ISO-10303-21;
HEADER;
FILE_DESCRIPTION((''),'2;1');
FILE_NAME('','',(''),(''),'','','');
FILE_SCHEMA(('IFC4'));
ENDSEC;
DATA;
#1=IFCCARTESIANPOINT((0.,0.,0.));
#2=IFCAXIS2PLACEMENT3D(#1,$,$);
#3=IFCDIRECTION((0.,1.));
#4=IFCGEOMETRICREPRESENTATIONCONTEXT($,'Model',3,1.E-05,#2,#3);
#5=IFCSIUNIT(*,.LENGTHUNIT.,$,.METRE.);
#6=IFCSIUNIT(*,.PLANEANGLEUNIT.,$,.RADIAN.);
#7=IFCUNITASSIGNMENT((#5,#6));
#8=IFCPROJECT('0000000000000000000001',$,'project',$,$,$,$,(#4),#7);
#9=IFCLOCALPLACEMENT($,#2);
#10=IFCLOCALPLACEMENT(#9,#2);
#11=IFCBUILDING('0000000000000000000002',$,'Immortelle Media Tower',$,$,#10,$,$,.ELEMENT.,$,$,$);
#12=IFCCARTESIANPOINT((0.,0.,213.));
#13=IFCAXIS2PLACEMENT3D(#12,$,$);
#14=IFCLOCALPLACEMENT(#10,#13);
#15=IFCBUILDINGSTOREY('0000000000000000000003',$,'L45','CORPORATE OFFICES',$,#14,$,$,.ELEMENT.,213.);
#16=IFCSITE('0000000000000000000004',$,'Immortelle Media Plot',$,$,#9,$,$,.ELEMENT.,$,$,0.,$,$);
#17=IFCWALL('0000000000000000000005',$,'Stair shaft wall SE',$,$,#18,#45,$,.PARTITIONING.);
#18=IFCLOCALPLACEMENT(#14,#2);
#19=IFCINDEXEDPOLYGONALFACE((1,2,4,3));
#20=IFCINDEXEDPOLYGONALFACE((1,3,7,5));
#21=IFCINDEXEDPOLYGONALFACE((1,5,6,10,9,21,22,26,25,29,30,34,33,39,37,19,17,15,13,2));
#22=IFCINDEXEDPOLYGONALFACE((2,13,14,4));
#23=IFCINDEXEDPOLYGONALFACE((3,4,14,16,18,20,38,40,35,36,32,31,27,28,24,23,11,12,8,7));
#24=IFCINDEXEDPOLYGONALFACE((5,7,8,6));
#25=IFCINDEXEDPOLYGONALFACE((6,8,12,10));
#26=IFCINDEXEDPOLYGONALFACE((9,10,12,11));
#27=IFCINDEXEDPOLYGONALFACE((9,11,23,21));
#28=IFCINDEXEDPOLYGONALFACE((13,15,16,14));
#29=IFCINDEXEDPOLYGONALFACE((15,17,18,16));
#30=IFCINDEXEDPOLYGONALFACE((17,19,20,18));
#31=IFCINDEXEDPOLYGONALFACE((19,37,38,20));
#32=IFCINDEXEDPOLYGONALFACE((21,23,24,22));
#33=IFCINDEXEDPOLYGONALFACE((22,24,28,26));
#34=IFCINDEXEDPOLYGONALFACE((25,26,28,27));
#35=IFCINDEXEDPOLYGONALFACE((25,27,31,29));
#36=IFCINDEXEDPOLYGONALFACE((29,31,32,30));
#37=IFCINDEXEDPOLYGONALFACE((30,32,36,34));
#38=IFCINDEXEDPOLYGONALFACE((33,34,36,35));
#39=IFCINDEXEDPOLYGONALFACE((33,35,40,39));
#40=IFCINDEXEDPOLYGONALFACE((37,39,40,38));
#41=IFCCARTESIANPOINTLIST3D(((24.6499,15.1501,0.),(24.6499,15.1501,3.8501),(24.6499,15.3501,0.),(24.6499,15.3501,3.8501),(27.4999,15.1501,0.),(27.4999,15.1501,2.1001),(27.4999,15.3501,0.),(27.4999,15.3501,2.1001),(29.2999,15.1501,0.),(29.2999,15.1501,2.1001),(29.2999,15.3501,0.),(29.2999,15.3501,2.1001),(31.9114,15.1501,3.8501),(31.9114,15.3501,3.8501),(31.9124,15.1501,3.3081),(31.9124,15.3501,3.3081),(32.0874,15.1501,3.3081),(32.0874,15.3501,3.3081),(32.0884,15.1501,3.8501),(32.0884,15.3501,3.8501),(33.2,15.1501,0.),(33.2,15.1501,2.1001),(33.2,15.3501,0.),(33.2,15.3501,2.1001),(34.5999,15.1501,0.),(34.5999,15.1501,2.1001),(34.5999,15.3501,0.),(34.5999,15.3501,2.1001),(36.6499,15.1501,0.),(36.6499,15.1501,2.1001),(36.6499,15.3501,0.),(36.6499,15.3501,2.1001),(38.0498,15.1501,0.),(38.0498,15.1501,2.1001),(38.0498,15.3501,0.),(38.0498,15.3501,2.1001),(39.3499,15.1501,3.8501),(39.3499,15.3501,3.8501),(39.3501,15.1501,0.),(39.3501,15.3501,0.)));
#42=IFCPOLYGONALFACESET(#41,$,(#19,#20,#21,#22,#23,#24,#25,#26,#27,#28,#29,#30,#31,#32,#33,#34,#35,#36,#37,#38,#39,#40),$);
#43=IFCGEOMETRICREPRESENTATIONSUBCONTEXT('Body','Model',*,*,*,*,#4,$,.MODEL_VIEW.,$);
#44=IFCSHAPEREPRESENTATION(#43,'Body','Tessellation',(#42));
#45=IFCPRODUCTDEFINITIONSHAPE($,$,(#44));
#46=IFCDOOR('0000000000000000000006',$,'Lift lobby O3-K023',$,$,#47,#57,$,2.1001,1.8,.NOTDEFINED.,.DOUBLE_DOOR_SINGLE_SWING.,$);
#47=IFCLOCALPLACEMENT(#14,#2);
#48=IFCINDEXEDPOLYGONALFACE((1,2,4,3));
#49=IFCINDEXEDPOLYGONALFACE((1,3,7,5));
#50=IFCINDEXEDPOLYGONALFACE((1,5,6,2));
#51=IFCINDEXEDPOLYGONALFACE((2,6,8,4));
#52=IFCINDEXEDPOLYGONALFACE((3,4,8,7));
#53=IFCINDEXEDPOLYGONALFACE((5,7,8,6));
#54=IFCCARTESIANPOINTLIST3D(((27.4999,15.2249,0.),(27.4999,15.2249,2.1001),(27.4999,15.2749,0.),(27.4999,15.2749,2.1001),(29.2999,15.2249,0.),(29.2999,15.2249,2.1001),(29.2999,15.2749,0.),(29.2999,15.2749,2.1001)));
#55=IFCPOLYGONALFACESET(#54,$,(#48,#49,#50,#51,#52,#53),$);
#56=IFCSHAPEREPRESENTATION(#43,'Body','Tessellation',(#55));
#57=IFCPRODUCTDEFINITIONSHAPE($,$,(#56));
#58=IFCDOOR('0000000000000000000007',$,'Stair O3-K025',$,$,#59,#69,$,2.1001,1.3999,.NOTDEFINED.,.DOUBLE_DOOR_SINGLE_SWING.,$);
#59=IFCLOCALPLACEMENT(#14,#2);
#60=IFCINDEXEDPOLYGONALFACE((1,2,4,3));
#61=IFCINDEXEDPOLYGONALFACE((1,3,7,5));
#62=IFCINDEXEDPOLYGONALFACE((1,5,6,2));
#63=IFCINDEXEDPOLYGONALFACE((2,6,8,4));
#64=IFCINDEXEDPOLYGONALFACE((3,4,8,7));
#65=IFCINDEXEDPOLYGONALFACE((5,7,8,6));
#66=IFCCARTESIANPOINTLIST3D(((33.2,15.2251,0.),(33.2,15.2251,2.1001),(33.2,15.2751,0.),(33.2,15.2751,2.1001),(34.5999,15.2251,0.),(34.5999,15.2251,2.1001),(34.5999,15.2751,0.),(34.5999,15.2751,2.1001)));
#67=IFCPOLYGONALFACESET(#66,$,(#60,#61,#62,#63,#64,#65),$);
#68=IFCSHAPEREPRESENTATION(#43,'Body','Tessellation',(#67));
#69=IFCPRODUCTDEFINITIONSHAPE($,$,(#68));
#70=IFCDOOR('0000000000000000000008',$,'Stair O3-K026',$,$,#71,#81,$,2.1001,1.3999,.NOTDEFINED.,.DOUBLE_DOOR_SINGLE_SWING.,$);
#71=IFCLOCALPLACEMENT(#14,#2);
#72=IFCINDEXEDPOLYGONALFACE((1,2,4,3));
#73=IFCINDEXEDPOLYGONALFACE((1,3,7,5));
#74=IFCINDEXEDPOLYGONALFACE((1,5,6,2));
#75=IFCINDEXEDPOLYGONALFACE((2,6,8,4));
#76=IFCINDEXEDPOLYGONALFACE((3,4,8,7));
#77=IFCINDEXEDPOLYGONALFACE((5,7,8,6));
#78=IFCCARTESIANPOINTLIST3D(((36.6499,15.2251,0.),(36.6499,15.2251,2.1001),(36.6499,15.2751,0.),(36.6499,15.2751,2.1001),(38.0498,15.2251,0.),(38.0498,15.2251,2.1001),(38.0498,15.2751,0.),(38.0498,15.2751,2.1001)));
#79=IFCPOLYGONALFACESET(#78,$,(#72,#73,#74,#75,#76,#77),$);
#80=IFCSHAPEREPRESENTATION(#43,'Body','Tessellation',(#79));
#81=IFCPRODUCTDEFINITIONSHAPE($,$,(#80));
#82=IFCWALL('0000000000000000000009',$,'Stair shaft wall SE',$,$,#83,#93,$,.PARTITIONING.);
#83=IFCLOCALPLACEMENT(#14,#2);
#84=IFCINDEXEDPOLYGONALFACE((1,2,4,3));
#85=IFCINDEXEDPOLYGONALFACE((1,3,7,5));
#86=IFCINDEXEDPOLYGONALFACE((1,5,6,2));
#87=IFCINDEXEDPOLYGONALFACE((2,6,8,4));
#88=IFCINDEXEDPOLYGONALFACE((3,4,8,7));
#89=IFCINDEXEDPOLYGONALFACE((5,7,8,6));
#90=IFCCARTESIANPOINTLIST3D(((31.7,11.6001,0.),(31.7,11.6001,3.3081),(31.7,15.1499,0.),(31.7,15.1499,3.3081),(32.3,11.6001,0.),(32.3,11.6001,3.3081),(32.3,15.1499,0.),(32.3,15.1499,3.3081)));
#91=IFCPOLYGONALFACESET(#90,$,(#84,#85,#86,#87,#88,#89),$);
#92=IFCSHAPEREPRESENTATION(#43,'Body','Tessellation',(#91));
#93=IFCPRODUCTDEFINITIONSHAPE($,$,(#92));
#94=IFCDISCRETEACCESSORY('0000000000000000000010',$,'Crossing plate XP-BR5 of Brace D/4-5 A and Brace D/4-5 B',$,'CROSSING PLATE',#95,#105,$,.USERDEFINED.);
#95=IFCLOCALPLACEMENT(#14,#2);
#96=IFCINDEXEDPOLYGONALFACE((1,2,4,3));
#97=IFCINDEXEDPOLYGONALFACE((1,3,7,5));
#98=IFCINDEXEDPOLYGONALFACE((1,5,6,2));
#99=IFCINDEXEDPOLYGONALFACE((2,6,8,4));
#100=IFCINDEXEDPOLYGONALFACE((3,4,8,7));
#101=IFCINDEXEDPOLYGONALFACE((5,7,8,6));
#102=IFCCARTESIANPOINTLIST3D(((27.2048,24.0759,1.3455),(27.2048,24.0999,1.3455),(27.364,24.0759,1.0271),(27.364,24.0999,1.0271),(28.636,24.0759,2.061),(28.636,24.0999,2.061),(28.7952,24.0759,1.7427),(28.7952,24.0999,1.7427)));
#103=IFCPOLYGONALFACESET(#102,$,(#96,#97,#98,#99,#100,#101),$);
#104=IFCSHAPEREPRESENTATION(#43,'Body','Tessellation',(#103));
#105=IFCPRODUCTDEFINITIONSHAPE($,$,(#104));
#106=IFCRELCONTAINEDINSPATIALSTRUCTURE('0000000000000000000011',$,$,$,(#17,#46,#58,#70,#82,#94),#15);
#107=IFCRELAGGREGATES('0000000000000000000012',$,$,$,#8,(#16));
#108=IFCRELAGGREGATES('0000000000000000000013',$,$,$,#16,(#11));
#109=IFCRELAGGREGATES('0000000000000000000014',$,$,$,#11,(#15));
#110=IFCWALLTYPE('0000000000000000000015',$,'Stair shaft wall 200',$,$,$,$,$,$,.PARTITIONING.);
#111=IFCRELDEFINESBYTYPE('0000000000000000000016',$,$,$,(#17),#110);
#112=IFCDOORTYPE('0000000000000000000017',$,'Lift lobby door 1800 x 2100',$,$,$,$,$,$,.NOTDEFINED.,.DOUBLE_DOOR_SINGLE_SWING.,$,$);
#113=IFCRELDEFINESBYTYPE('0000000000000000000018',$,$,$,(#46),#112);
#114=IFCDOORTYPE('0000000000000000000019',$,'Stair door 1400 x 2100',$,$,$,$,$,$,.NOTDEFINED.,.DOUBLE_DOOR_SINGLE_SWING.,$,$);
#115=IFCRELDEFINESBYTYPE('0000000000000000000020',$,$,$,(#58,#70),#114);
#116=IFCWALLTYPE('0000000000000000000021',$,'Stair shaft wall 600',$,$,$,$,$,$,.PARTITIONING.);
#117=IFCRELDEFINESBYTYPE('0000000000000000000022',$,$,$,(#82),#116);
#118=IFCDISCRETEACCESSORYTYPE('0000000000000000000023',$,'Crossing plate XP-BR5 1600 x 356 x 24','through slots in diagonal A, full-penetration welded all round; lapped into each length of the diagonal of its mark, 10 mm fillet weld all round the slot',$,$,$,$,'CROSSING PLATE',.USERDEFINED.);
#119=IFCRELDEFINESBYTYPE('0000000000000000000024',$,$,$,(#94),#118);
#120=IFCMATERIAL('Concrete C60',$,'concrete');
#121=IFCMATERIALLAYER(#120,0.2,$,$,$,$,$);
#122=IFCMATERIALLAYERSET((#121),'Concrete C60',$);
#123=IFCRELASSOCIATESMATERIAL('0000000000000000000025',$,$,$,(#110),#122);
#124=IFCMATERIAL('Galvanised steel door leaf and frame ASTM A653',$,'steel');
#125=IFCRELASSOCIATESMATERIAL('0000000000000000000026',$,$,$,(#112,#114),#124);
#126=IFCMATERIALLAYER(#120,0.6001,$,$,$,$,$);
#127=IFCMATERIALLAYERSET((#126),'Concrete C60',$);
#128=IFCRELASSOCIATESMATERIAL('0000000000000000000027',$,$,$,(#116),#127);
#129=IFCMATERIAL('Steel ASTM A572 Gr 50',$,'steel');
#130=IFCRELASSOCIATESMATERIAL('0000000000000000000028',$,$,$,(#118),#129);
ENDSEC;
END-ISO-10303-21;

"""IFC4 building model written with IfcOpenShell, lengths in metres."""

from ifc_helpers import new_model, si_unit, direction, frame, frame_2d, origin, origin_2d, place, context, subcontext, project, spatial, polyline, rectangle, outline, extrude, material, layer, layer_set, material_profile, profile_set, type_object, element, fill, save


model = new_model("IFC4")

# Units and contexts
model_context = context("Model", 3, precision=1e-05, world=origin(), true_north=direction((0.0, 1.0)))
body_context = subcontext(model_context, "Body", "Model", "MODEL_VIEW")
ifc_project = project(units=[si_unit("LENGTHUNIT", "METRE"), si_unit("PLANEANGLEUNIT", "RADIAN")], contexts=[model_context])

# Site, building, storey
site_placement = place(None, origin())
site = spatial("IfcSite", under=ifc_project, at=site_placement, Name="Immortelle Media Plot", CompositionType="ELEMENT", RefElevation=0.0)
building_placement = place(site_placement, origin())
building = spatial("IfcBuilding", under=site, at=building_placement, Name="Immortelle Media Tower", CompositionType="ELEMENT")
storey_placement = place(building_placement, frame((0.0, 0.0, 213.0)))
storey = spatial("IfcBuildingStorey", under=building, at=storey_placement, Name="L45", Description="CORPORATE OFFICES", CompositionType="ELEMENT", Elevation=213.0)

# Shared definitions
ifc_material_1 = material(Name="Galvanised steel door leaf and frame ASTM A653", Category="steel")

# Wall, openings, doors
ifc_material_2 = material(Name="Concrete C60", Category="concrete")
ifc_layer_1 = layer(ifc_material_2, 0.2)
ifc_layer_set_1 = layer_set([ifc_layer_1], Name="Concrete C60")
wall_type_1 = type_object("IfcWallType", Name="Stair shaft wall 200", PredefinedType="PARTITIONING", material=ifc_layer_set_1)
wall_1_placement = place(storey_placement, frame((24.6499, 15.25, 0.0), z_axis=(0.0, 0.0, 1.0), x_axis=(1.0, 0.0, 0.0)))
wall_1 = element("IfcWall", 1, at=wall_1_placement, inside=storey, type_object=wall_type_1, Name="Stair shaft wall SE", PredefinedType="PARTITIONING", context=body_context, shape_type="SweptSolid", body=[
    extrude(outline(polyline([(0.0, 0.0), (14.7002, 0.0), (14.7, 3.8501), (7.4385, 3.8501), (7.4375, 3.3081), (7.2625, 3.3081), (7.2615, 3.8501), (0.0, 3.8501), (0.0, 0.0)])), frame((0.0, 0.1001, 0.0), z_axis=(0.0, -1.0, 0.0), x_axis=(1.0, 0.0, 0.0)), (0.0, 0.0, 1.0), 0.2),
])
opening_1_placement = place(wall_1_placement, frame((2.8501, 0.0, 0.0)))
opening_1 = element("IfcOpeningElement", 2, at=opening_1_placement, cuts=wall_1, PredefinedType="OPENING", context=body_context, shape_type="SweptSolid", body=[
    extrude(rectangle(XDim=1.8, YDim=2.1001, at=frame_2d((0.8999, 1.05))), frame((0.0, 0.1099, 0.0), z_axis=(0.0, -1.0, 0.0), x_axis=(1.0, 0.0, 0.0)), (0.0, 0.0, 1.0), 0.22),
])
opening_2_placement = place(wall_1_placement, frame((9.95, 0.0, 0.0), z_axis=(0.0, 0.0, 1.0), x_axis=(-1.0, 0.0, 0.0)))
opening_2 = element("IfcOpeningElement", 3, at=opening_2_placement, cuts=wall_1, PredefinedType="OPENING", context=body_context, shape_type="SweptSolid", body=[
    extrude(rectangle(XDim=1.3999, YDim=2.1001, at=frame_2d((0.7, 1.05))), frame((0.0, 0.1099, 0.0), z_axis=(0.0, -1.0, 0.0), x_axis=(1.0, 0.0, 0.0)), (0.0, 0.0, 1.0), 0.22),
])
opening_3_placement = place(wall_1_placement, frame((13.3999, 0.0, 0.0), z_axis=(0.0, 0.0, 1.0), x_axis=(-1.0, 0.0, 0.0)))
opening_3 = element("IfcOpeningElement", 4, at=opening_3_placement, cuts=wall_1, PredefinedType="OPENING", context=body_context, shape_type="SweptSolid", body=[
    extrude(rectangle(XDim=1.3999, YDim=2.1001, at=frame_2d((0.7, 1.05))), frame((0.0, 0.1099, 0.0), z_axis=(0.0, -1.0, 0.0), x_axis=(1.0, 0.0, 0.0)), (0.0, 0.0, 1.0), 0.22),
])
door_type_1 = type_object("IfcDoorType", Name="Lift lobby door 1800 x 2100", OperationType="DOUBLE_DOOR_SINGLE_SWING", PredefinedType="NOTDEFINED", material=ifc_material_1)
door_1_placement = place(opening_1_placement, origin())
door_1 = element("IfcDoor", 5, at=door_1_placement, inside=storey, type_object=door_type_1, Name="Lift lobby O3-K023", OperationType="DOUBLE_DOOR_SINGLE_SWING", OverallHeight=2.1001, OverallWidth=1.8, PredefinedType="NOTDEFINED", context=body_context, shape_type="SweptSolid", body=[
    extrude(rectangle(XDim=1.8, YDim=2.1001, at=frame_2d((0.8999, 1.05))), frame((0.0, 0.0249, 0.0), z_axis=(0.0, -1.0, 0.0), x_axis=(1.0, 0.0, 0.0)), (0.0, 0.0, 1.0), 0.05),
])
fill(opening_1, door_1)
door_type_2 = type_object("IfcDoorType", Name="Stair door 1400 x 2100", OperationType="DOUBLE_DOOR_SINGLE_SWING", PredefinedType="NOTDEFINED", material=ifc_material_1)
door_2_placement = place(opening_2_placement, origin())
door_2 = element("IfcDoor", 6, at=door_2_placement, inside=storey, type_object=door_type_2, Name="Stair O3-K025", OperationType="DOUBLE_DOOR_SINGLE_SWING", OverallHeight=2.1001, OverallWidth=1.3999, PredefinedType="NOTDEFINED", context=body_context, shape_type="SweptSolid", body=[
    extrude(rectangle(XDim=1.3999, YDim=2.1001, at=frame_2d((0.7, 1.05))), frame((0.0, 0.0249, 0.0), z_axis=(0.0, -1.0, 0.0), x_axis=(1.0, 0.0, 0.0)), (0.0, 0.0, 1.0), 0.05),
])
fill(opening_2, door_2)
door_3_placement = place(opening_3_placement, origin())
door_3 = element("IfcDoor", 7, at=door_3_placement, inside=storey, type_object=door_type_2, Name="Stair O3-K026", OperationType="DOUBLE_DOOR_SINGLE_SWING", OverallHeight=2.1001, OverallWidth=1.3999, PredefinedType="NOTDEFINED", context=body_context, shape_type="SweptSolid", body=[
    extrude(rectangle(XDim=1.3999, YDim=2.1001, at=frame_2d((0.7, 1.05))), frame((0.0, 0.0249, 0.0), z_axis=(0.0, -1.0, 0.0), x_axis=(1.0, 0.0, 0.0)), (0.0, 0.0, 1.0), 0.05),
])
fill(opening_3, door_3)

# Wall
ifc_layer_2 = layer(ifc_material_2, 0.6001)
ifc_layer_set_2 = layer_set([ifc_layer_2], Name="Concrete C60")
wall_type_2 = type_object("IfcWallType", Name="Stair shaft wall 600", PredefinedType="PARTITIONING", material=ifc_layer_set_2)
wall_2_placement = place(storey_placement, frame((32.0, 11.6001, 0.0), z_axis=(0.0, 0.0, 1.0), x_axis=(0.0, 1.0, 0.0)))
element("IfcWall", 8, at=wall_2_placement, inside=storey, type_object=wall_type_2, Name="Stair shaft wall SE", PredefinedType="PARTITIONING", context=body_context, shape_type="SweptSolid", body=[
    extrude(rectangle(XDim=3.5498, YDim=0.6001, at=frame_2d((1.7749, 0.0))), origin(), (0.0, 0.0, 1.0), 3.3081),
])

# Discrete accessory
ifc_material_3 = material(Name="Steel ASTM A572 Gr 50", Category="steel")
ifc_material_profile_1 = material_profile(ifc_material_3, rectangle(XDim=0.0239, YDim=0.356, at=origin_2d()), Name="PL 24 x 356")
ifc_profile_set_1 = profile_set([ifc_material_profile_1], Name="Steel ASTM A572 Gr 50")
discrete_accessory_type = type_object("IfcDiscreteAccessoryType", Name="Crossing plate XP-BR5 1600 x 356 x 24", Description="through slots in diagonal A, full-penetration welded all round; lapped into each length of the diagonal of its mark, 10 mm fillet weld all round the slot", ElementType="CROSSING PLATE", PredefinedType="USERDEFINED", material=ifc_profile_set_1)
discrete_accessory_placement = place(storey_placement, frame((28.7156, 24.0879, 1.9019), z_axis=(-0.894427, 0.0, -0.447214), x_axis=(0.0, -1.0, 0.0)))
element("IfcDiscreteAccessory", 9, at=discrete_accessory_placement, inside=storey, type_object=discrete_accessory_type, Name="Crossing plate XP-BR5 of Brace D/4-5 A and Brace D/4-5 B", ObjectType="CROSSING PLATE", PredefinedType="USERDEFINED", context=body_context, shape_type="SweptSolid", body=[
    extrude(rectangle(XDim=0.0239, YDim=0.356, at=origin_2d()), origin(), (0.0, 0.0, 1.0), 1.6001),
])

save(model, "model.ifc")
